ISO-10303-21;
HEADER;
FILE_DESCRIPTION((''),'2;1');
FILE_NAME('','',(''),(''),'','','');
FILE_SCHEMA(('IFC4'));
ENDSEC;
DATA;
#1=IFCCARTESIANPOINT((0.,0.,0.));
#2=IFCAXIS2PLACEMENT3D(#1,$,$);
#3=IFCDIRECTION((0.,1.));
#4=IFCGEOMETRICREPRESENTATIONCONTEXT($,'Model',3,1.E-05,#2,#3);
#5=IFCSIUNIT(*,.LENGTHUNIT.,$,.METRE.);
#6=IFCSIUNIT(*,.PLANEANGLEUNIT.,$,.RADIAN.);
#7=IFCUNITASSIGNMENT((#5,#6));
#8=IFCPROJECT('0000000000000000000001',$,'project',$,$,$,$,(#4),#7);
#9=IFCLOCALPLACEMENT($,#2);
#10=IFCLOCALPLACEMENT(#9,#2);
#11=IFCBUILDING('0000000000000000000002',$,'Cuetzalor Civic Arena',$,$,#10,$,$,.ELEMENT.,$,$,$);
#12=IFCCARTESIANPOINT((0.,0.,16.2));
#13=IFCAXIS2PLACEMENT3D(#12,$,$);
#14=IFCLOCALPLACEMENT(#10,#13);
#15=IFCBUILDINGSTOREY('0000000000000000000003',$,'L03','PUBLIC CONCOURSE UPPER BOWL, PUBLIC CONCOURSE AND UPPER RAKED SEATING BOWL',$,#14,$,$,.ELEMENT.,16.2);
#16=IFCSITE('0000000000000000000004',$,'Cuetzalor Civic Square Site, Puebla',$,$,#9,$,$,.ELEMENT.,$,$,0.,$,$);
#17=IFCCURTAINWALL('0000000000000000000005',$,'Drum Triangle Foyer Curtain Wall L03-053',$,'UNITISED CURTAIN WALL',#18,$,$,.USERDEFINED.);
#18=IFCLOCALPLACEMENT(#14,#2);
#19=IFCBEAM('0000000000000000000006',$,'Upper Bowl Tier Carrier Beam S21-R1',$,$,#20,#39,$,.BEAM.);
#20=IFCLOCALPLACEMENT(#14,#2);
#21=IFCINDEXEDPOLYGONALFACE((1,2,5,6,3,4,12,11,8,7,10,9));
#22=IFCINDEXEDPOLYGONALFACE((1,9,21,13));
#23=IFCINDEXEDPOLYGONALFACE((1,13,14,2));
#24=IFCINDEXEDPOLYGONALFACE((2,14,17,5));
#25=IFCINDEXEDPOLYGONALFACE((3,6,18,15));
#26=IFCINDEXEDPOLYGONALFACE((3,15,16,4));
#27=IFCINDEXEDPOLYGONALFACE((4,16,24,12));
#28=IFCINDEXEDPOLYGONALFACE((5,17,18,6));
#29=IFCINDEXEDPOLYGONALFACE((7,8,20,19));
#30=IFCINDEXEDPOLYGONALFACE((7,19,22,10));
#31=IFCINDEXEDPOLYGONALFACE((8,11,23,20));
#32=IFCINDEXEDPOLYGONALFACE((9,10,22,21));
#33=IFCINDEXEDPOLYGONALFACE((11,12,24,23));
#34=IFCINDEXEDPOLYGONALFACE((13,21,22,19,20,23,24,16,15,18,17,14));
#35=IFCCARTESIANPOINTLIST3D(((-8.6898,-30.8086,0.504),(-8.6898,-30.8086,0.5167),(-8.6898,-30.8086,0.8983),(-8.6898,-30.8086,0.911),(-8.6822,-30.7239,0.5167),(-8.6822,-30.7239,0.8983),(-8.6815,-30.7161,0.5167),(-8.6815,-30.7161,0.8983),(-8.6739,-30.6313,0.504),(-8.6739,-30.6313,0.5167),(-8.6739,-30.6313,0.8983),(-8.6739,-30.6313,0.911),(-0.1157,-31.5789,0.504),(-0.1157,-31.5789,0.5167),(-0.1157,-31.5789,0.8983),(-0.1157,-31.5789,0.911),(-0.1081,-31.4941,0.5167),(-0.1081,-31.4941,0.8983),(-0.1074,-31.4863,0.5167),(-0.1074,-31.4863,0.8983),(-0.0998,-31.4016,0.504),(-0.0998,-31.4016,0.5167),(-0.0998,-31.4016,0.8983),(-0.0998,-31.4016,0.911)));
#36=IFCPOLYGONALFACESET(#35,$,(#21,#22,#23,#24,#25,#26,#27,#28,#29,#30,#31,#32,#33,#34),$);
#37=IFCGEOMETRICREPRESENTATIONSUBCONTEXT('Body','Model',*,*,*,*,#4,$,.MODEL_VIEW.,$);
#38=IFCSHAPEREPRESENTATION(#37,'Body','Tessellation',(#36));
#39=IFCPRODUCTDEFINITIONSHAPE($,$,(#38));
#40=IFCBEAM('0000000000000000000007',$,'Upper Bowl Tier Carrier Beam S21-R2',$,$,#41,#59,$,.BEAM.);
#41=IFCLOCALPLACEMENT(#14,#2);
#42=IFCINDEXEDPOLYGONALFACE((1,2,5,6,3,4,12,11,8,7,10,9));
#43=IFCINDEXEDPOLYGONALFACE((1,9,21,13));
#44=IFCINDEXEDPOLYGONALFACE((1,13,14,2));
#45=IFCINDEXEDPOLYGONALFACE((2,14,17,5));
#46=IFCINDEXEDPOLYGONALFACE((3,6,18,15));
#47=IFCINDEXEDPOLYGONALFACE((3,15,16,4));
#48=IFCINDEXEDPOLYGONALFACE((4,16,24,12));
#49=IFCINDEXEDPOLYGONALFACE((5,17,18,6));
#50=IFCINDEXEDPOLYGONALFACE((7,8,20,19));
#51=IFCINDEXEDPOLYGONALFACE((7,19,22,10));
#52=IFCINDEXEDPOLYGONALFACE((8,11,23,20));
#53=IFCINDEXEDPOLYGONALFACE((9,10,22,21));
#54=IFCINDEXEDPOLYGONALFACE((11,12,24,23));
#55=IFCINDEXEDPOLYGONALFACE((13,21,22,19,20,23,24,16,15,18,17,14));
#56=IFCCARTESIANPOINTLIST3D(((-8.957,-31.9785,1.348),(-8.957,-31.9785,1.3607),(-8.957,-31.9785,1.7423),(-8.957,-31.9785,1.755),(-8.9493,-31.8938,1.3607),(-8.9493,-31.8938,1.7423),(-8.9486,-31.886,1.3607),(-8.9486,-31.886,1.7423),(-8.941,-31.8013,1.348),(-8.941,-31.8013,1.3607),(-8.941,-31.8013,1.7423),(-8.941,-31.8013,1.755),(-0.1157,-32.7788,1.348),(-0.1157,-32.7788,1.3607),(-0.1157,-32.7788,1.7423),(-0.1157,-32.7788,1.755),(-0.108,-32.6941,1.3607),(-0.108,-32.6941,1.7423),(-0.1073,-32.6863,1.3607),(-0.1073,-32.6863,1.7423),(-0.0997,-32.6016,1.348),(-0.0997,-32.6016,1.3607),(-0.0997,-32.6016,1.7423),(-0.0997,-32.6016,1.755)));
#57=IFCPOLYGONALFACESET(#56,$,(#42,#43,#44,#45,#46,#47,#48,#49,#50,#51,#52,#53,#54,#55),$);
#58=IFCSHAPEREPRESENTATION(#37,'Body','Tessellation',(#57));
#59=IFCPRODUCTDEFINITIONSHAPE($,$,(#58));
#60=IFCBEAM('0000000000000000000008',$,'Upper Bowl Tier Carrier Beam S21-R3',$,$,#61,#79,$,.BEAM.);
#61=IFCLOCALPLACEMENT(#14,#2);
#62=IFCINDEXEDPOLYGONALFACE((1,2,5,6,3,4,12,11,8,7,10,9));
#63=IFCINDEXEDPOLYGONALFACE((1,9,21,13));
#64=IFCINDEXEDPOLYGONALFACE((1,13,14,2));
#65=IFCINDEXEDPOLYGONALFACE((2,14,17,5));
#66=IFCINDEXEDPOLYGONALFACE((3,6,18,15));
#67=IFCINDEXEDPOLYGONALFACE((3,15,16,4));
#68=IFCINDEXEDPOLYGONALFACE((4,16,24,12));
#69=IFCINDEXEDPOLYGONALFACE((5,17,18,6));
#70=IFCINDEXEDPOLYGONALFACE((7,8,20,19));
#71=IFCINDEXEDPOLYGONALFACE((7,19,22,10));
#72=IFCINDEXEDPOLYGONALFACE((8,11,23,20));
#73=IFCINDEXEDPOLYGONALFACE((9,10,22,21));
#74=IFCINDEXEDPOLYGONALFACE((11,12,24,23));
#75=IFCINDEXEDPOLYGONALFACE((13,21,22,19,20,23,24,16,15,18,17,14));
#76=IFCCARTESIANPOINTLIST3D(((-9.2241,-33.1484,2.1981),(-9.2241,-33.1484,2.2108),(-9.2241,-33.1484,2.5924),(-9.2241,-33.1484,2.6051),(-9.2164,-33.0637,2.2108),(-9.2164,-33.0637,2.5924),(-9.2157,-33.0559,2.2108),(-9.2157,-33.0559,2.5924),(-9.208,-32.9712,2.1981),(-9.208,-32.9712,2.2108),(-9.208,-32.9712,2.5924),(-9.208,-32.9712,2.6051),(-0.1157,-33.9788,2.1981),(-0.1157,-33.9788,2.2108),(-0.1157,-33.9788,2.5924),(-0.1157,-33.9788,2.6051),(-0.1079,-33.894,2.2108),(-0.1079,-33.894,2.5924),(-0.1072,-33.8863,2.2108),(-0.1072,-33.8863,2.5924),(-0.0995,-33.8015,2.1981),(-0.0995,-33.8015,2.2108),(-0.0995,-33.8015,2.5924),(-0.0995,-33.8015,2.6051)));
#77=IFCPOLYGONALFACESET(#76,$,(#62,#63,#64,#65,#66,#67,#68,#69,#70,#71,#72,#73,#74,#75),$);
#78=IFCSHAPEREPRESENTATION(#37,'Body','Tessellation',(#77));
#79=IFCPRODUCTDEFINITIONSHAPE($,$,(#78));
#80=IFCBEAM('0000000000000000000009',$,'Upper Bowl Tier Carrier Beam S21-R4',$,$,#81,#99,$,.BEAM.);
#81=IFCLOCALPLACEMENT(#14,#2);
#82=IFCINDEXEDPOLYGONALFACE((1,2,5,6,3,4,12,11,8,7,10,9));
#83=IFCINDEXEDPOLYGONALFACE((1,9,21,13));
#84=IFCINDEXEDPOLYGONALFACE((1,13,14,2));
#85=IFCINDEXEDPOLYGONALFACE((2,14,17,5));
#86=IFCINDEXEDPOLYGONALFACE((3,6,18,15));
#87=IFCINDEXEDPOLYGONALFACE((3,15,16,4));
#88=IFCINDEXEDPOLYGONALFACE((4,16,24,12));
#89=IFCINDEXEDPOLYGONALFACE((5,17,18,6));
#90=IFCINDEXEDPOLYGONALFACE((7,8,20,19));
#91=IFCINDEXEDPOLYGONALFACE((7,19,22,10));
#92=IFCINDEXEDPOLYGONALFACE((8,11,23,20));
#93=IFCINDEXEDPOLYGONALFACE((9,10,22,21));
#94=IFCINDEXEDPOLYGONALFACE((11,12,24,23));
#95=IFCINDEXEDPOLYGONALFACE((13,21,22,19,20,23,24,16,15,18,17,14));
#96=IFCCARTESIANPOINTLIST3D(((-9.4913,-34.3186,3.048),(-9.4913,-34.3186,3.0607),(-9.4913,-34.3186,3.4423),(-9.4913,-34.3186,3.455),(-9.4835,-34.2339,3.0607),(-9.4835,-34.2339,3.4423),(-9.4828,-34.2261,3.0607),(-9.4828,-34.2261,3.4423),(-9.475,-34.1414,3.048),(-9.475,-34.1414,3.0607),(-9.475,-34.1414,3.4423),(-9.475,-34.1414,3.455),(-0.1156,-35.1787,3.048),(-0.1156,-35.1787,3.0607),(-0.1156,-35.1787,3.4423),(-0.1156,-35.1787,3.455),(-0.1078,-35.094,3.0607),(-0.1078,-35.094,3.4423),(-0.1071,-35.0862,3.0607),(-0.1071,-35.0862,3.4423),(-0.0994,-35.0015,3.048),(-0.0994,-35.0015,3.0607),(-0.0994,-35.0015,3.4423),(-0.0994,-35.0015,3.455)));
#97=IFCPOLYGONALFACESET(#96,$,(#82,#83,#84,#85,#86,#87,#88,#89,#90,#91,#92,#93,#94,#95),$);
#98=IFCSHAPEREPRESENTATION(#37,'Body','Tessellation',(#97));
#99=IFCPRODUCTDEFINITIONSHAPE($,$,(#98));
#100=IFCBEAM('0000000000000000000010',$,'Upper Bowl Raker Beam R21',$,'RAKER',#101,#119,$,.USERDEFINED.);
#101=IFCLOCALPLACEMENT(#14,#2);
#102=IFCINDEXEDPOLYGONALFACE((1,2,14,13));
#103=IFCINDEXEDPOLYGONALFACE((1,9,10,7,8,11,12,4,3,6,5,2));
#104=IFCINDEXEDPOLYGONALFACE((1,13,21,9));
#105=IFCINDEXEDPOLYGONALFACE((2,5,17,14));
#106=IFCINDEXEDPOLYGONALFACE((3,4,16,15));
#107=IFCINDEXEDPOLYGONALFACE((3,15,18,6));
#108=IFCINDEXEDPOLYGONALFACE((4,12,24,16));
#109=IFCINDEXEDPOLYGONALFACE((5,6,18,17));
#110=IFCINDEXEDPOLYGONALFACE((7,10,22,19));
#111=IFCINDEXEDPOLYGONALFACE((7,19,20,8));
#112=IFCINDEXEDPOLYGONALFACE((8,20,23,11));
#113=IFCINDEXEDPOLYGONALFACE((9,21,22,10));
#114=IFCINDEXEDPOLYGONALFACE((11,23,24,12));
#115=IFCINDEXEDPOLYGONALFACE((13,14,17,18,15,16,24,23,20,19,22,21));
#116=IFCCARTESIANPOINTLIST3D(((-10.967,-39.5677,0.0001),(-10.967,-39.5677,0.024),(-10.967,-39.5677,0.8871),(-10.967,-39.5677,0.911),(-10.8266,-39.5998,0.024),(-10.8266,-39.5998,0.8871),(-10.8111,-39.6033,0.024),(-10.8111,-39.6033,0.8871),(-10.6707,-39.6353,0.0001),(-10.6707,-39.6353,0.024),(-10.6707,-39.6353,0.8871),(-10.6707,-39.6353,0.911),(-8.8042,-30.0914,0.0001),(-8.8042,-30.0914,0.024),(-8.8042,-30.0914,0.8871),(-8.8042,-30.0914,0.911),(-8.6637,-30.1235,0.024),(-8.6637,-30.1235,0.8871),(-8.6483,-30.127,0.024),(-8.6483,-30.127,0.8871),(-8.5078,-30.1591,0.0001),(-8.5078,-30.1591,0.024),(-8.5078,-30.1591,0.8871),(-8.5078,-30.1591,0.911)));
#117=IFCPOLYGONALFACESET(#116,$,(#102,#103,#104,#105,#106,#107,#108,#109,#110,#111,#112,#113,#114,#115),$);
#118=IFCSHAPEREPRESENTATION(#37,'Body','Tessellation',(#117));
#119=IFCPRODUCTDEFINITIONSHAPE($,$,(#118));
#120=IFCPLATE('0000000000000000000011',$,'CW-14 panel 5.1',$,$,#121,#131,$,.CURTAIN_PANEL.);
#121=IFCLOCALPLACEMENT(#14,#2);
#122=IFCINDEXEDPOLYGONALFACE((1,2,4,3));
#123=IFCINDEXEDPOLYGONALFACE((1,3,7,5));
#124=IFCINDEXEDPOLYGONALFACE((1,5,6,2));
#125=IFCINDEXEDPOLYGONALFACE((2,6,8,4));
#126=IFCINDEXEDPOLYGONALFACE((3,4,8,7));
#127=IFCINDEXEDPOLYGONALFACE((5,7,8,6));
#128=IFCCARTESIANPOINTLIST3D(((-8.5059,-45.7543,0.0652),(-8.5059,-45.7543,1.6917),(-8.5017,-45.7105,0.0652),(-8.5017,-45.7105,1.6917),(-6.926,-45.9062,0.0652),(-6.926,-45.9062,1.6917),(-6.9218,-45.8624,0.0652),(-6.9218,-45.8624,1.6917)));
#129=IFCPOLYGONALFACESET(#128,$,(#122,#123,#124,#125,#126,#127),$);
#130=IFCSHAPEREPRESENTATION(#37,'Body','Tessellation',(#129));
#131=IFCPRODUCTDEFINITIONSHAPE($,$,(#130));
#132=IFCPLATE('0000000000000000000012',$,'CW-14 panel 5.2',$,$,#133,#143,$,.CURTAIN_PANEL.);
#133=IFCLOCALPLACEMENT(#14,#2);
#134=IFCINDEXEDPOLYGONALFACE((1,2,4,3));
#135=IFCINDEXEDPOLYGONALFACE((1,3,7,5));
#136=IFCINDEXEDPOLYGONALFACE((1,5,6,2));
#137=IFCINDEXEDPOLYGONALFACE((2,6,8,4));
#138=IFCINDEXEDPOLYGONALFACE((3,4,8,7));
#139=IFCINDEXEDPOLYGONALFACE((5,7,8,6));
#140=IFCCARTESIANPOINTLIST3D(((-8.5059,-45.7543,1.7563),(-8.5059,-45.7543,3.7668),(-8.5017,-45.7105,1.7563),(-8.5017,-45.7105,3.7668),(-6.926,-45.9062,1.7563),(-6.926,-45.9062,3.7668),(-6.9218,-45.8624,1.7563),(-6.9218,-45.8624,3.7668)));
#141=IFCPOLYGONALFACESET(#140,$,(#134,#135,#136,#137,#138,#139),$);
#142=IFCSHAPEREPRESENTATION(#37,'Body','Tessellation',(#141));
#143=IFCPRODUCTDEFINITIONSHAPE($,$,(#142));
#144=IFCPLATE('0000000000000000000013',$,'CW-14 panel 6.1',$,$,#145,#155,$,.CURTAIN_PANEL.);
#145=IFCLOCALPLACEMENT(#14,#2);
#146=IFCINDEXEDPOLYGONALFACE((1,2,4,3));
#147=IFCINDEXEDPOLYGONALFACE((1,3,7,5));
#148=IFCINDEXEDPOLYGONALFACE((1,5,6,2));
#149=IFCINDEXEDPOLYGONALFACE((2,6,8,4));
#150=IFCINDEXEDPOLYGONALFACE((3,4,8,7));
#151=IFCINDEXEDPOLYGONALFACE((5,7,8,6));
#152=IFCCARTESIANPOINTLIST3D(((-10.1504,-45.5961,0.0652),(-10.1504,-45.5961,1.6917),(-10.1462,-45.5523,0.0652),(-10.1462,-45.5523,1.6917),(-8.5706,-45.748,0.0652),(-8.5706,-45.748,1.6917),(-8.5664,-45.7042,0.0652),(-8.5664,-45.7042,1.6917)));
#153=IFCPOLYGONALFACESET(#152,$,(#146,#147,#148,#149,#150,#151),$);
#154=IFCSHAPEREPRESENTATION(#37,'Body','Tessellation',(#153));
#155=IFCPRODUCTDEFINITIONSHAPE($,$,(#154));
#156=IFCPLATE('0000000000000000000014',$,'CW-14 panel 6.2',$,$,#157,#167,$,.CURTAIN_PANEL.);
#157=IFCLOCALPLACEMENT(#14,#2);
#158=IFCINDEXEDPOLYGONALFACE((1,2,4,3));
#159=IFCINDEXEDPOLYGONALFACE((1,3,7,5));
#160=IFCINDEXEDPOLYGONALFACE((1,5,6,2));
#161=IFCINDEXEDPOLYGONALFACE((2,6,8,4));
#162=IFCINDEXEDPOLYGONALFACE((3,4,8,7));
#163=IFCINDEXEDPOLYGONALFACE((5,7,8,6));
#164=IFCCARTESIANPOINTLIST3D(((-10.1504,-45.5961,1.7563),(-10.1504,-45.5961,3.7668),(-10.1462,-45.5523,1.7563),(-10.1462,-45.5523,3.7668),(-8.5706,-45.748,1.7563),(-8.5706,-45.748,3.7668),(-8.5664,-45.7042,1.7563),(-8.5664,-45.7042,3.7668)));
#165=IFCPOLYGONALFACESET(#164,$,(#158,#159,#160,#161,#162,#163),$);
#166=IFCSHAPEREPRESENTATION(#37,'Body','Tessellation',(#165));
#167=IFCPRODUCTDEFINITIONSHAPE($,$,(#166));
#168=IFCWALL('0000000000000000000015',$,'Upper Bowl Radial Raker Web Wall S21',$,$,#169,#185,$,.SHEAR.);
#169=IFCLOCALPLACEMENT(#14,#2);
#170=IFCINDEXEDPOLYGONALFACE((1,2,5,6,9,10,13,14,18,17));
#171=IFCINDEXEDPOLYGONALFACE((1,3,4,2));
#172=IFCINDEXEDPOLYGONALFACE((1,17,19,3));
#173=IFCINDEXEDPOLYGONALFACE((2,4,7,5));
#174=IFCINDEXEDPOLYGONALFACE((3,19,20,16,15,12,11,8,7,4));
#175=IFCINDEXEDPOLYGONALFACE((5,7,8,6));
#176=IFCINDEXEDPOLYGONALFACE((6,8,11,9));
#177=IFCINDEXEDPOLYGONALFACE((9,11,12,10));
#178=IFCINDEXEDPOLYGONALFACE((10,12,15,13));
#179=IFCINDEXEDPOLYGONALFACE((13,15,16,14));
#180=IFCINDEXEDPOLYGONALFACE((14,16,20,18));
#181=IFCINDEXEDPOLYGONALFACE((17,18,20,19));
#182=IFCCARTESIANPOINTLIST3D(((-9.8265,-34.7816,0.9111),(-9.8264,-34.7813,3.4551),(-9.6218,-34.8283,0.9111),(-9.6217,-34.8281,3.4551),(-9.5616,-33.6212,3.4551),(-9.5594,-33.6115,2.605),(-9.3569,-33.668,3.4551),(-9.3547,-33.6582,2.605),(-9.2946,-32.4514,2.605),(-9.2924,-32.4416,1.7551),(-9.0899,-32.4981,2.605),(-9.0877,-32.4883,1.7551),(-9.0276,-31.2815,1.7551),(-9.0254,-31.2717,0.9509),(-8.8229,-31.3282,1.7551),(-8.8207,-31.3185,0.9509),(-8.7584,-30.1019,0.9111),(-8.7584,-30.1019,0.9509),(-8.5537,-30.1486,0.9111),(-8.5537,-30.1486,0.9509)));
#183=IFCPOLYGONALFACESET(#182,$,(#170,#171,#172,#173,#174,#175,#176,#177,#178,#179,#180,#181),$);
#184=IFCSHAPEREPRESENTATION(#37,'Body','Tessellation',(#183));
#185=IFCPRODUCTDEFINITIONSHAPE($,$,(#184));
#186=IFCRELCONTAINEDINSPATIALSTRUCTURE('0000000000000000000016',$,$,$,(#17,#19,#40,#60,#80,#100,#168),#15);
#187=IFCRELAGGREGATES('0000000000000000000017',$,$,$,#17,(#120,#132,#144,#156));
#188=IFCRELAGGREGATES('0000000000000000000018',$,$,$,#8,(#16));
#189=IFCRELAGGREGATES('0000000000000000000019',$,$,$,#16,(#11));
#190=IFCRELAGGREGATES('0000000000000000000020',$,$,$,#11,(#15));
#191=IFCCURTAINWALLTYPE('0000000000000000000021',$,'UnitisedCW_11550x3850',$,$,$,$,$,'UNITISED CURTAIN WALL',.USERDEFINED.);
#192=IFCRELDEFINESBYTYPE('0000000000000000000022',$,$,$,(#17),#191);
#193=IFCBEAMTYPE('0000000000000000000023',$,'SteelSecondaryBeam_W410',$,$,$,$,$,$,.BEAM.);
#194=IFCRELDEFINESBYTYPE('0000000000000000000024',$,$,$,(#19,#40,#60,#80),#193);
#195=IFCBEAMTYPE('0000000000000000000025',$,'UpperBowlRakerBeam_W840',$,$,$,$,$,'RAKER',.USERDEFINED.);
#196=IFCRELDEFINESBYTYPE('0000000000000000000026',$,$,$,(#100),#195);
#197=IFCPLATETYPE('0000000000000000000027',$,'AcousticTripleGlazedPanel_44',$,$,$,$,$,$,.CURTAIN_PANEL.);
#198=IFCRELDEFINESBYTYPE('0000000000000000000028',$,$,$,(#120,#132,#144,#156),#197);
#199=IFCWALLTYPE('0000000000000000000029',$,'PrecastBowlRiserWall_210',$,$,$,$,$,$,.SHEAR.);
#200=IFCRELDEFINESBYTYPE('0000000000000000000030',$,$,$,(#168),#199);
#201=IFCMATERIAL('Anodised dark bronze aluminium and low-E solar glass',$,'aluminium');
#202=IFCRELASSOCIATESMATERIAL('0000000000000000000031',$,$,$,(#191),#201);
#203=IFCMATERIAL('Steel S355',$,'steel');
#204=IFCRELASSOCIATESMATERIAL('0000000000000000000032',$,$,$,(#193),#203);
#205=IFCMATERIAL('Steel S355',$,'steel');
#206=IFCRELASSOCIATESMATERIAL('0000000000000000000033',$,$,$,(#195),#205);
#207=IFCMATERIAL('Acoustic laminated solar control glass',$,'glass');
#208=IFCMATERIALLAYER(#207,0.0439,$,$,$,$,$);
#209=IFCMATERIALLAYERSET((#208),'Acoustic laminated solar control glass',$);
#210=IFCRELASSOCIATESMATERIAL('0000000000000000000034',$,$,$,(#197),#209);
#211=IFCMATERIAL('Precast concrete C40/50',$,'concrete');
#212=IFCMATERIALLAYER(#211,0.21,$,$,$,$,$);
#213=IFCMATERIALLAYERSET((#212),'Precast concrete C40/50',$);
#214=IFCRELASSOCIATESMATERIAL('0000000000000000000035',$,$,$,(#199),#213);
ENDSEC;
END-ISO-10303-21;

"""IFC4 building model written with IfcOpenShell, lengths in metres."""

from ifc_helpers import new_model, si_unit, direction, frame, origin, origin_2d, place, context, subcontext, project, spatial, polyline, rectangle, i_section, outline, extrude, material, layer, layer_set, material_profile, profile_set, type_object, element, aggregate, save


model = new_model("IFC4")

# Units and contexts
model_context = context("Model", 3, precision=1e-05, world=origin(), true_north=direction((0.0, 1.0)))
body_context = subcontext(model_context, "Body", "Model", "MODEL_VIEW")
ifc_project = project(units=[si_unit("LENGTHUNIT", "METRE"), si_unit("PLANEANGLEUNIT", "RADIAN")], contexts=[model_context])

# Site, building, storey
site_placement = place(None, origin())
site = spatial("IfcSite", under=ifc_project, at=site_placement, Name="Cuetzalor Civic Square Site, Puebla", CompositionType="ELEMENT", RefElevation=0.0)
building_placement = place(site_placement, origin())
building = spatial("IfcBuilding", under=site, at=building_placement, Name="Cuetzalor Civic Arena", CompositionType="ELEMENT")
storey_placement = place(building_placement, frame((0.0, 0.0, 16.2)))
storey = spatial("IfcBuildingStorey", under=building, at=storey_placement, Name="L03", Description="PUBLIC CONCOURSE UPPER BOWL, PUBLIC CONCOURSE AND UPPER RAKED SEATING BOWL", CompositionType="ELEMENT", Elevation=16.2)

# Curtain wall
ifc_material_1 = material(Name="Anodised dark bronze aluminium and low-E solar glass", Category="aluminium")
curtain_wall_type = type_object("IfcCurtainWallType", Name="UnitisedCW_11550x3850", ElementType="UNITISED CURTAIN WALL", PredefinedType="USERDEFINED", material=ifc_material_1)
curtain_wall_placement = place(storey_placement, origin())
curtain_wall = element("IfcCurtainWall", 1, at=curtain_wall_placement, inside=storey, type_object=curtain_wall_type, Name="Drum Triangle Foyer Curtain Wall L03-053", ObjectType="UNITISED CURTAIN WALL", PredefinedType="USERDEFINED")

# Beams
ifc_material_2 = material(Name="Steel S355", Category="steel")
ifc_material_profile_1 = material_profile(ifc_material_2, i_section(OverallWidth=0.178, OverallDepth=0.407, WebThickness=0.0078, FlangeThickness=0.0127, at=origin_2d()), Name="W410x60")
ifc_profile_set_1 = profile_set([ifc_material_profile_1], Name="Steel S355")
beam_type_1 = type_object("IfcBeamType", Name="SteelSecondaryBeam_W410", PredefinedType="BEAM", material=ifc_profile_set_1)
beam_1_placement = place(storey_placement, frame((-8.6819, -30.72, 0.7075), z_axis=(0.995989, -0.089475, 0.0), x_axis=(0.089475, 0.995989, 0.0)))
element("IfcBeam", 2, at=beam_1_placement, inside=storey, type_object=beam_type_1, Name="Upper Bowl Tier Carrier Beam S21-R1", PredefinedType="BEAM", context=body_context, shape_type="SweptSolid", body=[
    extrude(i_section(OverallWidth=0.178, OverallDepth=0.407, WebThickness=0.0078, FlangeThickness=0.0127, at=origin_2d()), origin(), (0.0, 0.0, 1.0), 8.6086),
])
beam_2_placement = place(storey_placement, frame((-8.949, -31.8899, 1.5515), z_axis=(0.995928, -0.090149, 0.0), x_axis=(0.090149, 0.995928, 0.0)))
element("IfcBeam", 3, at=beam_2_placement, inside=storey, type_object=beam_type_1, Name="Upper Bowl Tier Carrier Beam S21-R2", PredefinedType="BEAM", context=body_context, shape_type="SweptSolid", body=[
    extrude(i_section(OverallWidth=0.178, OverallDepth=0.407, WebThickness=0.0078, FlangeThickness=0.0127, at=origin_2d()), origin(), (0.0, 0.0, 1.0), 8.8774),
])
beam_3_placement = place(storey_placement, frame((-9.2161, -33.0598, 2.4016), z_axis=(0.995871, -0.090784, 0.0), x_axis=(0.090784, 0.995871, 0.0)))
element("IfcBeam", 4, at=beam_3_placement, inside=storey, type_object=beam_type_1, Name="Upper Bowl Tier Carrier Beam S21-R3", PredefinedType="BEAM", context=body_context, shape_type="SweptSolid", body=[
    extrude(i_section(OverallWidth=0.178, OverallDepth=0.407, WebThickness=0.0078, FlangeThickness=0.0127, at=origin_2d()), origin(), (0.0, 0.0, 1.0), 9.1462),
])
beam_4_placement = place(storey_placement, frame((-9.4832, -34.23, 3.2515), z_axis=(0.995818, -0.091354, 0.0), x_axis=(0.091354, 0.995818, 0.0)))
element("IfcBeam", 5, at=beam_4_placement, inside=storey, type_object=beam_type_1, Name="Upper Bowl Tier Carrier Beam S21-R4", PredefinedType="BEAM", context=body_context, shape_type="SweptSolid", body=[
    extrude(i_section(OverallWidth=0.178, OverallDepth=0.407, WebThickness=0.0078, FlangeThickness=0.0127, at=origin_2d()), origin(), (0.0, 0.0, 1.0), 9.415),
])
ifc_material_3 = material(Name="Steel S355", Category="steel")
ifc_material_profile_2 = material_profile(ifc_material_3, i_section(OverallWidth=0.304, OverallDepth=0.9109, WebThickness=0.0159, FlangeThickness=0.0239, at=origin_2d()), Name="W920x223")
ifc_profile_set_2 = profile_set([ifc_material_profile_2], Name="Steel S355")
beam_type_2 = type_object("IfcBeamType", Name="UpperBowlRakerBeam_W840", ElementType="RAKER", PredefinedType="USERDEFINED", material=ifc_profile_set_2)
beam_5_placement = place(storey_placement, frame((-8.656, -30.1252, 0.4556), z_axis=(-0.222514, -0.974929, 0.0), x_axis=(0.974929, -0.222514, 0.0)))
element("IfcBeam", 6, at=beam_5_placement, inside=storey, type_object=beam_type_2, Name="Upper Bowl Raker Beam R21", ObjectType="RAKER", PredefinedType="USERDEFINED", context=body_context, shape_type="SweptSolid", body=[
    extrude(i_section(OverallWidth=0.304, OverallDepth=0.9109, WebThickness=0.0159, FlangeThickness=0.0239, at=origin_2d()), origin(), (0.0, 0.0, 1.0), 9.72),
])

# Plates
ifc_material_4 = material(Name="Acoustic laminated solar control glass", Category="glass")
ifc_layer_1 = layer(ifc_material_4, 0.0439)
ifc_layer_set_1 = layer_set([ifc_layer_1], Name="Acoustic laminated solar control glass")
plate_type = type_object("IfcPlateType", Name="AcousticTripleGlazedPanel_44", PredefinedType="CURTAIN_PANEL", material=ifc_layer_set_1)
plate_1_placement = place(storey_placement, frame((-7.7139, -45.8083, 0.0652), z_axis=(0.0, 0.0, 1.0), x_axis=(-0.995409, 0.095711, 0.0)))
plate_1 = element("IfcPlate", 7, at=plate_1_placement, type_object=plate_type, Name="CW-14 panel 5.1", PredefinedType="CURTAIN_PANEL", context=body_context, shape_type="SweptSolid", body=[
    extrude(rectangle(XDim=1.5872, YDim=0.0439, at=origin_2d()), origin(), (0.0, 0.0, 1.0), 1.6265),
])
plate_2_placement = place(storey_placement, frame((-7.7139, -45.8083, 1.7563), z_axis=(0.0, 0.0, 1.0), x_axis=(-0.995409, 0.095711, 0.0)))
plate_2 = element("IfcPlate", 8, at=plate_2_placement, type_object=plate_type, Name="CW-14 panel 5.2", PredefinedType="CURTAIN_PANEL", context=body_context, shape_type="SweptSolid", body=[
    extrude(rectangle(XDim=1.5872, YDim=0.0439, at=origin_2d()), origin(), (0.0, 0.0, 1.0), 2.0105),
])
plate_3_placement = place(storey_placement, frame((-9.3584, -45.6501, 0.0652), z_axis=(0.0, 0.0, 1.0), x_axis=(-0.995409, 0.095711, 0.0)))
plate_3 = element("IfcPlate", 9, at=plate_3_placement, type_object=plate_type, Name="CW-14 panel 6.1", PredefinedType="CURTAIN_PANEL", context=body_context, shape_type="SweptSolid", body=[
    extrude(rectangle(XDim=1.5872, YDim=0.0439, at=origin_2d()), origin(), (0.0, 0.0, 1.0), 1.6265),
])
plate_4_placement = place(storey_placement, frame((-9.3584, -45.6501, 1.7563), z_axis=(0.0, 0.0, 1.0), x_axis=(-0.995409, 0.095711, 0.0)))
plate_4 = element("IfcPlate", 10, at=plate_4_placement, type_object=plate_type, Name="CW-14 panel 6.2", PredefinedType="CURTAIN_PANEL", context=body_context, shape_type="SweptSolid", body=[
    extrude(rectangle(XDim=1.5872, YDim=0.0439, at=origin_2d()), origin(), (0.0, 0.0, 1.0), 2.0105),
])
aggregate(curtain_wall, [plate_1, plate_2, plate_3, plate_4])

# Wall
ifc_material_5 = material(Name="Precast concrete C40/50", Category="concrete")
ifc_layer_2 = layer(ifc_material_5, 0.21)
ifc_layer_set_2 = layer_set([ifc_layer_2], Name="Precast concrete C40/50")
wall_type = type_object("IfcWallType", Name="PrecastBowlRiserWall_210", PredefinedType="SHEAR", material=ifc_layer_set_2)
wall_placement = place(storey_placement, frame((-8.656, -30.1252, 0.9111), z_axis=(0.0, 0.0, 1.0), x_axis=(-0.222522, -0.974928, 0.0)))
element("IfcWall", 11, at=wall_placement, inside=storey, type_object=wall_type, Name="Upper Bowl Radial Raker Web Wall S21", PredefinedType="SHEAR", context=body_context, shape_type="SweptSolid", body=[
    extrude(outline(polyline([(0.0, 0.0), (4.8, 0.0), (4.7998, 2.5439), (3.6099, 2.5439), (3.5999, 1.6938), (2.4099, 1.6938), (2.3999, 0.844), (1.21, 0.844), (1.2, 0.0398), (0.0, 0.0398), (0.0, 0.0)])), frame((0.0, 0.105, 0.0), z_axis=(0.0, -1.0, 0.0), x_axis=(1.0, 0.0, 0.0)), (0.0, 0.0, 1.0), 0.21),
])

save(model, "model.ifc")
